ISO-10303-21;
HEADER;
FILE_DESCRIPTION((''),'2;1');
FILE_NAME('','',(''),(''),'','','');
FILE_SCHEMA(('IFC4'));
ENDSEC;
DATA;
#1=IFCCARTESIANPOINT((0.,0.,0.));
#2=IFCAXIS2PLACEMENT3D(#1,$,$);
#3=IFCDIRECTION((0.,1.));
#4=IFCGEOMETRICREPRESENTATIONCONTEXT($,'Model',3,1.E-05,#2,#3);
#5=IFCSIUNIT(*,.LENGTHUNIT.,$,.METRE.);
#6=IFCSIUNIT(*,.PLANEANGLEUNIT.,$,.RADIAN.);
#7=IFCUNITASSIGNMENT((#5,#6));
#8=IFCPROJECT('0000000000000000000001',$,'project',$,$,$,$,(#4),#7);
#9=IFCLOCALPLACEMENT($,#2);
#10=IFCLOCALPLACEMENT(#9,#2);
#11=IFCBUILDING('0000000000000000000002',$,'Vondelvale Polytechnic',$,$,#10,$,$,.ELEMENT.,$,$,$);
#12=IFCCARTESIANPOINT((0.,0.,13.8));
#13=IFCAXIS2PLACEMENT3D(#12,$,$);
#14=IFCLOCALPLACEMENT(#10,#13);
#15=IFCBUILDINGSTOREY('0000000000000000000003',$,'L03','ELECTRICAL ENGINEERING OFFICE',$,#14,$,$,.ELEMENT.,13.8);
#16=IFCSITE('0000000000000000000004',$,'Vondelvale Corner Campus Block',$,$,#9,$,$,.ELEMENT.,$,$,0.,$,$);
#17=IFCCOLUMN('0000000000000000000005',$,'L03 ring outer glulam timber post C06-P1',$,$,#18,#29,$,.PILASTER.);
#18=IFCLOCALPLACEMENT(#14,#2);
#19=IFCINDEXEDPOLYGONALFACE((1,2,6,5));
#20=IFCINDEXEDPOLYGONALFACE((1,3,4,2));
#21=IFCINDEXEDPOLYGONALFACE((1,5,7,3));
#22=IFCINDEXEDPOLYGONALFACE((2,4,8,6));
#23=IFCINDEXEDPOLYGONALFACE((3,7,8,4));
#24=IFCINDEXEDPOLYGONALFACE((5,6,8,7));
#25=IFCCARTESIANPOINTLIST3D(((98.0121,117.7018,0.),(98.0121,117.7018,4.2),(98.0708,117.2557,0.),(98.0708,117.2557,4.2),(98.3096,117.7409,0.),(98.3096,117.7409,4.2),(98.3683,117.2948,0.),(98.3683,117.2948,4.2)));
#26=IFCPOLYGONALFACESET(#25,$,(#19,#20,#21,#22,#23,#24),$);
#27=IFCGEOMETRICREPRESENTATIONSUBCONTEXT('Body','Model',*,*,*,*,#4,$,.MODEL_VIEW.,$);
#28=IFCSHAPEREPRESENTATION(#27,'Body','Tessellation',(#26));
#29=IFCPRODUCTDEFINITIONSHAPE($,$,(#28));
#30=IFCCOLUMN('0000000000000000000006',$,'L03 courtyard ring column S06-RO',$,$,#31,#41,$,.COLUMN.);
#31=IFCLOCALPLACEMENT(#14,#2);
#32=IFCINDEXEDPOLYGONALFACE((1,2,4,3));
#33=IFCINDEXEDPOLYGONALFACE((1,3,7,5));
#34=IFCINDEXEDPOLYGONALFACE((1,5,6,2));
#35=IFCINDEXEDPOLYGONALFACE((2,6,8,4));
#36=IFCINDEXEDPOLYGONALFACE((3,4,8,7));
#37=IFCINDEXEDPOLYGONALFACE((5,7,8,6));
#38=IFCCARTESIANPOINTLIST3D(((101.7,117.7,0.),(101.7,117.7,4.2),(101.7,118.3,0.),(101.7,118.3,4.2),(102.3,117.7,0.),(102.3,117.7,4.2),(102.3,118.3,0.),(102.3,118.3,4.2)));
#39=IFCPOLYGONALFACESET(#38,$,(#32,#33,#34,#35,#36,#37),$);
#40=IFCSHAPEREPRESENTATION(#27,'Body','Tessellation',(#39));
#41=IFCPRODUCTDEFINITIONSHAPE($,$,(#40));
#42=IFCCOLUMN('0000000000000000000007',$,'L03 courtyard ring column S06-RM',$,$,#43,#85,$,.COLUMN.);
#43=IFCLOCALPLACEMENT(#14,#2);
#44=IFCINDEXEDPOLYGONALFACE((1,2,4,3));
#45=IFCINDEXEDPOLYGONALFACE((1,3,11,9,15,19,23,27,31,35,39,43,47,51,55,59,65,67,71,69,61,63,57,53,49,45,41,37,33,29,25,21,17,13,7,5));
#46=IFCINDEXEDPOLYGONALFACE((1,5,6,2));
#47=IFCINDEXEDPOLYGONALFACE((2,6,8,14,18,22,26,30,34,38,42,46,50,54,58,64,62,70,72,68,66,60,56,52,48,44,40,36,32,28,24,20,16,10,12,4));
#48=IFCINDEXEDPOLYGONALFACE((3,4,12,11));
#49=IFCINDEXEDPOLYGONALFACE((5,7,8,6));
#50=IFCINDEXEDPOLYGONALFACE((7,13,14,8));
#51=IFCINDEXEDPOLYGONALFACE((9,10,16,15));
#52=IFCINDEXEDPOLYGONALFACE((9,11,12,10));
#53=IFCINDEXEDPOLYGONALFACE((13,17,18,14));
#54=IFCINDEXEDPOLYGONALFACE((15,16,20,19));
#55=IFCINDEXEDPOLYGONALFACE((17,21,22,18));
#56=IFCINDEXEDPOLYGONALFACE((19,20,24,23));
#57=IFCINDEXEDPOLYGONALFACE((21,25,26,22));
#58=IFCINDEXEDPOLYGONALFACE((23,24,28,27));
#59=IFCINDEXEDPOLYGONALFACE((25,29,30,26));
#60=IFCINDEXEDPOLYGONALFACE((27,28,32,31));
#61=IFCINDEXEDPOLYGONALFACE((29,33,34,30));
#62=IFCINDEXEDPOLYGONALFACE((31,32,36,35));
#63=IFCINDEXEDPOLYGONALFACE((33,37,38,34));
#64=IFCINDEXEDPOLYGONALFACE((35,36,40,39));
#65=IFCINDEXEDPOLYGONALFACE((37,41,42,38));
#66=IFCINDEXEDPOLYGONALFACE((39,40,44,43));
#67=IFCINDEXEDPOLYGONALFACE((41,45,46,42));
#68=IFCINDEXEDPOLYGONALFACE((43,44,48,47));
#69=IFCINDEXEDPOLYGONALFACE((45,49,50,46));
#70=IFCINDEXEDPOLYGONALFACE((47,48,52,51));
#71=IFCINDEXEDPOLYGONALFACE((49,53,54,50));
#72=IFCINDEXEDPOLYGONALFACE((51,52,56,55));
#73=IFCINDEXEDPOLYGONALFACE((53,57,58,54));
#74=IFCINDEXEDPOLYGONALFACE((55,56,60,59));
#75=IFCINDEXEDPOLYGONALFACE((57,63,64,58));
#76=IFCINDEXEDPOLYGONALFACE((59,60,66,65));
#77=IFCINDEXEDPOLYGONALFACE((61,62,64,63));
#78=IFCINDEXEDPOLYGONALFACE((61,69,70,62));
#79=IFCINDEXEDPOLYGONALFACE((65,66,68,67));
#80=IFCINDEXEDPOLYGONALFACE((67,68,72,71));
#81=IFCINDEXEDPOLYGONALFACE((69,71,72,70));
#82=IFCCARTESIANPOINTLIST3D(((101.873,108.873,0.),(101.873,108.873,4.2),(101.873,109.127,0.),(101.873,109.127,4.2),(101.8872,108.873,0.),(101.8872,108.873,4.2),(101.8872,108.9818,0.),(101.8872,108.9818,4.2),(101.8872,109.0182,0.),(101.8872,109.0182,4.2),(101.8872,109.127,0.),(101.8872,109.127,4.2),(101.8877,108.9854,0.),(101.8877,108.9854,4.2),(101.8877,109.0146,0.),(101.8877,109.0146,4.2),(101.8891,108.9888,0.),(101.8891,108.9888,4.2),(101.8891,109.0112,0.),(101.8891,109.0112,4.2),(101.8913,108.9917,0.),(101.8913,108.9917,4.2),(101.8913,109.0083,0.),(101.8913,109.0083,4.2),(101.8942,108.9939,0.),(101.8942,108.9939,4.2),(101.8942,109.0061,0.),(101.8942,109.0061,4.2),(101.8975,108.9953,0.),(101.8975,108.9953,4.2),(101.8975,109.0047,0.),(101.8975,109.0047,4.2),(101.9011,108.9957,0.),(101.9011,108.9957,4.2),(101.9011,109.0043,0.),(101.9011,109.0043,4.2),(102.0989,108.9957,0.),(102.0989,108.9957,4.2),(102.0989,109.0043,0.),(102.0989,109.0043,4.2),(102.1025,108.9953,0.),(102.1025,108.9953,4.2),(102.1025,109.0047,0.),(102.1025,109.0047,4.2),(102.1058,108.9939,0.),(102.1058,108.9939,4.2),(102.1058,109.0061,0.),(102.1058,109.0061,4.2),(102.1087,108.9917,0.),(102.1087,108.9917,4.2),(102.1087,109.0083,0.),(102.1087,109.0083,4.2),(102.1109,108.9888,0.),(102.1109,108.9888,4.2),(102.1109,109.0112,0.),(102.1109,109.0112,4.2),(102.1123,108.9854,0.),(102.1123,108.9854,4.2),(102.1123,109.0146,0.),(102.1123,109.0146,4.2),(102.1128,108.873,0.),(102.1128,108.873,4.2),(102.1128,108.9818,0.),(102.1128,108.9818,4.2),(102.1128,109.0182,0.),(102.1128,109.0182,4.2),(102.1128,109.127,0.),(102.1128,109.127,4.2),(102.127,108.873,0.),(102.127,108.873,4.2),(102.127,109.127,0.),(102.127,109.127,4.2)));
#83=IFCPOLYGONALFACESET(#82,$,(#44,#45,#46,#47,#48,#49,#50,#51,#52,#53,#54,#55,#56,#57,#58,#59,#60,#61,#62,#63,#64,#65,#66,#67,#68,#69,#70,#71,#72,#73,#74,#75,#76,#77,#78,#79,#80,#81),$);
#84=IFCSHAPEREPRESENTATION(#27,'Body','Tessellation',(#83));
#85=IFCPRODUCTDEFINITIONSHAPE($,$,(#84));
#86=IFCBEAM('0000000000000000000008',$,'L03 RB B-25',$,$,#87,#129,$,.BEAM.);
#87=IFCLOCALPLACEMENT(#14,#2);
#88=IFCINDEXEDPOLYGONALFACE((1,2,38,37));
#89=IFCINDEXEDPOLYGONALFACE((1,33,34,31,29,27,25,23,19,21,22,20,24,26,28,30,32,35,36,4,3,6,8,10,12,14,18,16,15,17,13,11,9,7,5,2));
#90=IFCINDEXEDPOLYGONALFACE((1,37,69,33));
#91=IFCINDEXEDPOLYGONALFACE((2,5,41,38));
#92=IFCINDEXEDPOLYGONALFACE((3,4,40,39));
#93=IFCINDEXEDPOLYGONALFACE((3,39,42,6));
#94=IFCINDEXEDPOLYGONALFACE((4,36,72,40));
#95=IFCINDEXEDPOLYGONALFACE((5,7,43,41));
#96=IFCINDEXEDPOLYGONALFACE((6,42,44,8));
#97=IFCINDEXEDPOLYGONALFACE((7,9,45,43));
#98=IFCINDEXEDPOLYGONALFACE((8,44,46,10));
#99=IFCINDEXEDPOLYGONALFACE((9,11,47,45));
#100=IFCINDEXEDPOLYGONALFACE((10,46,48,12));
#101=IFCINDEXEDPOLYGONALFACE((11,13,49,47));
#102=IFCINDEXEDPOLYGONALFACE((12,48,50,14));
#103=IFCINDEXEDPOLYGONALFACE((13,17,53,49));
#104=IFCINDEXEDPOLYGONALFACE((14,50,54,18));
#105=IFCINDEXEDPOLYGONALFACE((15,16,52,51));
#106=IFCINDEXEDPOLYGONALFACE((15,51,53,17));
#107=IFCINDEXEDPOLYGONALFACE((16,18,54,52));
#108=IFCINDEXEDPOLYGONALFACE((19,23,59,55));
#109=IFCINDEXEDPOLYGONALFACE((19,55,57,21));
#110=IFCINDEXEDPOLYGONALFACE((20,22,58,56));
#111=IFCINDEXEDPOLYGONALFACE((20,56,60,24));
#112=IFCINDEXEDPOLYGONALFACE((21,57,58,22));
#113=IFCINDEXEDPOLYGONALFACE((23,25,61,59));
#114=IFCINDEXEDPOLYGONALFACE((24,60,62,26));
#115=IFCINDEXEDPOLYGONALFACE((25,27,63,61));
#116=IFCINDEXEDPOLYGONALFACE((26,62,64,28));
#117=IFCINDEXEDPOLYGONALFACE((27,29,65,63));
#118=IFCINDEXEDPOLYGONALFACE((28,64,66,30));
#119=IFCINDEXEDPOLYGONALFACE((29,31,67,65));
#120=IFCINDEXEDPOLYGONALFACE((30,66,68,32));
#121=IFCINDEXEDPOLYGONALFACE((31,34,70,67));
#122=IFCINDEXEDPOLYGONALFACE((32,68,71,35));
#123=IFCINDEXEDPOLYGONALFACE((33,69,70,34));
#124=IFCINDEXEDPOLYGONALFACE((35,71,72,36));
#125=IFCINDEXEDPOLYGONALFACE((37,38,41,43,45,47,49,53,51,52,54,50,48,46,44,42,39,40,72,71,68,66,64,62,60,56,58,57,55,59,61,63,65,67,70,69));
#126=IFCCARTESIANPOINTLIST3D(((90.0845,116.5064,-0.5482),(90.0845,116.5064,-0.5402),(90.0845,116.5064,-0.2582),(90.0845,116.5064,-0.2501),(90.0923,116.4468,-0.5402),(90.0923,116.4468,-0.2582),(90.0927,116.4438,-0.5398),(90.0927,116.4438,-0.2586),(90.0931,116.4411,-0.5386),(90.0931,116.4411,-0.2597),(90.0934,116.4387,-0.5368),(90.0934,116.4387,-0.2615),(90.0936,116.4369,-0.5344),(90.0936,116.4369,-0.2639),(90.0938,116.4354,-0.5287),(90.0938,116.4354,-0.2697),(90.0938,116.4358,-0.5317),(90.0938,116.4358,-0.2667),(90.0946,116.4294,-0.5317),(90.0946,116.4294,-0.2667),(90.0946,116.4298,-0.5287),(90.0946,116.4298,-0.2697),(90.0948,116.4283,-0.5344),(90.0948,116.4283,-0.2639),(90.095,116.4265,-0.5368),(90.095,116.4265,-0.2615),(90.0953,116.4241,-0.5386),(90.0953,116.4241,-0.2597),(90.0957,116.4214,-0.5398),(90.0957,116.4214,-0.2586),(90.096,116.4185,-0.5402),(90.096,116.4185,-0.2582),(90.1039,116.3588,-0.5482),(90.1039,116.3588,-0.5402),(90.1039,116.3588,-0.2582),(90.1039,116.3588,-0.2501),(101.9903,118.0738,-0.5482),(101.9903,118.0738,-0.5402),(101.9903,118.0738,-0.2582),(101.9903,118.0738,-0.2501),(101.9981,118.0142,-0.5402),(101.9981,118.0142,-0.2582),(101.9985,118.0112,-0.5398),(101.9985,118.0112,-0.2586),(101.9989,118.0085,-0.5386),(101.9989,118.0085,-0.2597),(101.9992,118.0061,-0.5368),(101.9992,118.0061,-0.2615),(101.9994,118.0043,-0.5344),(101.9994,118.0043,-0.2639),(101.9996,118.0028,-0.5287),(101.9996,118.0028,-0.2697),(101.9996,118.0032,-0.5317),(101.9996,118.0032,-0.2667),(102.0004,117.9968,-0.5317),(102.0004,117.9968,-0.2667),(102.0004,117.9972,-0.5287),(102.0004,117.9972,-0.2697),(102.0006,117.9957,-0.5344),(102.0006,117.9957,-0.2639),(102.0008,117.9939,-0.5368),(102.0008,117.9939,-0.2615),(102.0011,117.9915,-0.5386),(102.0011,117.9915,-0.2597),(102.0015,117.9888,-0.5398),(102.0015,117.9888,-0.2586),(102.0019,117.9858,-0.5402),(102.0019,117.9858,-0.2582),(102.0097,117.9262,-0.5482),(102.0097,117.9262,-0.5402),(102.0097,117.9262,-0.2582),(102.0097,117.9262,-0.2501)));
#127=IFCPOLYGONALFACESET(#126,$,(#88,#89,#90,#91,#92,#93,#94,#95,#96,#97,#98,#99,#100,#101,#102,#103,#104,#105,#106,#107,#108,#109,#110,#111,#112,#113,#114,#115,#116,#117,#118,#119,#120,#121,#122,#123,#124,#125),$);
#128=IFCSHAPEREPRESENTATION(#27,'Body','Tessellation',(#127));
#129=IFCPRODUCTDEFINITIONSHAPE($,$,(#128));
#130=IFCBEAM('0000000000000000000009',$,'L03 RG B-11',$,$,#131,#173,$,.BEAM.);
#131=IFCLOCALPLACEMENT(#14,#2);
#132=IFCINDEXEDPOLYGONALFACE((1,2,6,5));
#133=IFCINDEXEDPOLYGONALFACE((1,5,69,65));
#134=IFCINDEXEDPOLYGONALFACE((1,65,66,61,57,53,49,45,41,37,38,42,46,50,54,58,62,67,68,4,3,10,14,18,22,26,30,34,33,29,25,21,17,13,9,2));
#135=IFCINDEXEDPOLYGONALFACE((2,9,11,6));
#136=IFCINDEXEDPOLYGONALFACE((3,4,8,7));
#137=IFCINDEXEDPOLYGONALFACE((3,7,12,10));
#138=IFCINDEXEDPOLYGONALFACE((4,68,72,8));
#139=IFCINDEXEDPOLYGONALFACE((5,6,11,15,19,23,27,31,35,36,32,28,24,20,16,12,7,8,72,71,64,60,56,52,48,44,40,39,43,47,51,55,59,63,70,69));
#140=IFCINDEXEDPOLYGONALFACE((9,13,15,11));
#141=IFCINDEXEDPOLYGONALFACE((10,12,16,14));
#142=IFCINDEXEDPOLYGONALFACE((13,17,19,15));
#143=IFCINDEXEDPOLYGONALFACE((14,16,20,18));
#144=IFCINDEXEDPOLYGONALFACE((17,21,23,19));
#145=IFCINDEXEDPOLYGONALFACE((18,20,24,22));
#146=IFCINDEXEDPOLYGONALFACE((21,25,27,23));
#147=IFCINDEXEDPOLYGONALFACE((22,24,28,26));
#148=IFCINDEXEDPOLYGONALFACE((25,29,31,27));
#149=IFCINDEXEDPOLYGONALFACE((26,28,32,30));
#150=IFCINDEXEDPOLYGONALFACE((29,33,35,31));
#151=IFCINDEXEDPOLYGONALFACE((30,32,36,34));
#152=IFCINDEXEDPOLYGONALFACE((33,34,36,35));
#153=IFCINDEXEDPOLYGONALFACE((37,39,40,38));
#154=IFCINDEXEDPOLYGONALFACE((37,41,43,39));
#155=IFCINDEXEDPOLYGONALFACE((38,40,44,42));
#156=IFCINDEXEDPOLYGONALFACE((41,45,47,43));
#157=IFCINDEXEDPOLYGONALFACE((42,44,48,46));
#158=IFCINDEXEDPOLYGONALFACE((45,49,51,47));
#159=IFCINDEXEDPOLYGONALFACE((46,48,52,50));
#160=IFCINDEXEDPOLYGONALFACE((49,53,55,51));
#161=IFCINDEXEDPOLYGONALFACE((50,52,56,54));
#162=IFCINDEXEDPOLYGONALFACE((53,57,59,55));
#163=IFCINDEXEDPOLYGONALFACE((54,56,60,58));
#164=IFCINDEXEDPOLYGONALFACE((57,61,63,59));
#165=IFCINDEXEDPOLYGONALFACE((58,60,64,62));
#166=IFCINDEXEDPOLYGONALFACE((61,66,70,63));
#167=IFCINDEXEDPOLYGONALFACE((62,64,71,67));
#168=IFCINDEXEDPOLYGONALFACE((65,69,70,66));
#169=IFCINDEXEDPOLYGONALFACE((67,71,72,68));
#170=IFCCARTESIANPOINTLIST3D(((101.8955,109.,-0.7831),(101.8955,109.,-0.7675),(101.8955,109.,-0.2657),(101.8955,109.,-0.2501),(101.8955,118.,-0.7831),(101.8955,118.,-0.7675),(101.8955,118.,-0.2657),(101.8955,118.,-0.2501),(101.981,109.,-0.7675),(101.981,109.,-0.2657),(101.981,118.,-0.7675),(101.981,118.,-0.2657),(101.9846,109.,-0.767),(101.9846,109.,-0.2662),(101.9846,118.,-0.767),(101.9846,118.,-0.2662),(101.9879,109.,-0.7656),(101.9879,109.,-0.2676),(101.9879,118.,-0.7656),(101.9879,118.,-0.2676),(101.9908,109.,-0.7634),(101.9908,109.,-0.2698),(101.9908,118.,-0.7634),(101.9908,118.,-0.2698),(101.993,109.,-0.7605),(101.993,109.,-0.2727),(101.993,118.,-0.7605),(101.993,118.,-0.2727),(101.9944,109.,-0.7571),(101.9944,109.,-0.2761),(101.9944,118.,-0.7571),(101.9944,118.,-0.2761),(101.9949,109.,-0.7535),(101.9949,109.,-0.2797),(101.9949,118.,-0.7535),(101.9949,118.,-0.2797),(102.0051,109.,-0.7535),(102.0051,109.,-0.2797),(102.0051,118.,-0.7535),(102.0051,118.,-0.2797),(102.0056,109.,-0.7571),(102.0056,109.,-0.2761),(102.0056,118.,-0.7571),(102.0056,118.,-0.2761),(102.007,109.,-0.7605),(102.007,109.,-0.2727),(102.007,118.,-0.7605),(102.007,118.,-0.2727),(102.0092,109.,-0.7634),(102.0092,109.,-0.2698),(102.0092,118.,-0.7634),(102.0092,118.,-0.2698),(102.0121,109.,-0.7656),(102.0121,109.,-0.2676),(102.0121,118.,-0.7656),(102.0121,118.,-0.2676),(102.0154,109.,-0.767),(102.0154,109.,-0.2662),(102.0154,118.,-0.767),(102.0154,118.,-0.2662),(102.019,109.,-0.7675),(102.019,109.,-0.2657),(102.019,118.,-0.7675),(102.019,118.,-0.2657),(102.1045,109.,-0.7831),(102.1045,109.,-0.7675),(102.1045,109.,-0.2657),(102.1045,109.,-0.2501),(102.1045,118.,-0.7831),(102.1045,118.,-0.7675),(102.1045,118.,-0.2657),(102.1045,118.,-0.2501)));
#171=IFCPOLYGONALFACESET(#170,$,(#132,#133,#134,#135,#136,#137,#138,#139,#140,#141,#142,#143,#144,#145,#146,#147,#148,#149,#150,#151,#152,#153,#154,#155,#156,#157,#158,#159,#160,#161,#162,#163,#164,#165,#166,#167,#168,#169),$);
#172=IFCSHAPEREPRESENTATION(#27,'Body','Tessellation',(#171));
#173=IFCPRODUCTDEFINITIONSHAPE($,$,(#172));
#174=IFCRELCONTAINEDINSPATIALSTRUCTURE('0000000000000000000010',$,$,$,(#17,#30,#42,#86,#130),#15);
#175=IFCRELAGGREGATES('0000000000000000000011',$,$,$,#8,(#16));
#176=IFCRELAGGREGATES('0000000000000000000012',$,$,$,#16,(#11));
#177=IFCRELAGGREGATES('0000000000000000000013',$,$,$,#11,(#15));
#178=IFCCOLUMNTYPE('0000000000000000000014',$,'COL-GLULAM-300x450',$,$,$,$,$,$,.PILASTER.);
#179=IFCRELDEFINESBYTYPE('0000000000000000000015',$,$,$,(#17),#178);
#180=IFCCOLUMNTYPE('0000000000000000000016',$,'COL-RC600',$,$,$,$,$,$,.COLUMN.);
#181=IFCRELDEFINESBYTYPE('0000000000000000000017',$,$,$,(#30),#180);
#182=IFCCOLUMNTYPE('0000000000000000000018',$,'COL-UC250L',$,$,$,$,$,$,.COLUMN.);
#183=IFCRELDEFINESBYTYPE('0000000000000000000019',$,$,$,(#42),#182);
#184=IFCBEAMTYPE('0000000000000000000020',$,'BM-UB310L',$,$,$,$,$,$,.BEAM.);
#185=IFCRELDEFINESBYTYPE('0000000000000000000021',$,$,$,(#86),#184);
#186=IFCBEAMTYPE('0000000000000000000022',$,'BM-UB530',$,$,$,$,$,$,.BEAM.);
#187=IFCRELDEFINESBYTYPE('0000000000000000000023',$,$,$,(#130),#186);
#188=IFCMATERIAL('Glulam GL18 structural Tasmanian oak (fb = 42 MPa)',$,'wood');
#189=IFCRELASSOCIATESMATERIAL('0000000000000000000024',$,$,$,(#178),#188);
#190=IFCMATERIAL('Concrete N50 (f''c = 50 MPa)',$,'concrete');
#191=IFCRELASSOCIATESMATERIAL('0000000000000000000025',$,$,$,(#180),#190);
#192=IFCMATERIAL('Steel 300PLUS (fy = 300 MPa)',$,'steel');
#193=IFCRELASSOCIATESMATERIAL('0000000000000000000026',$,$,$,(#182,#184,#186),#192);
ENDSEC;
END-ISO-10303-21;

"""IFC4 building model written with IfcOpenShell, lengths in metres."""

from ifc_helpers import new_model, si_unit, direction, frame, origin, origin_2d, place, context, subcontext, project, spatial, rectangle, i_section, extrude, material, material_profile, profile_set, type_object, element, save


model = new_model("IFC4")

# Units and contexts
model_context = context("Model", 3, precision=1e-05, world=origin(), true_north=direction((0.0, 1.0)))
body_context = subcontext(model_context, "Body", "Model", "MODEL_VIEW")
ifc_project = project(units=[si_unit("LENGTHUNIT", "METRE"), si_unit("PLANEANGLEUNIT", "RADIAN")], contexts=[model_context])

# Site, building, storey
site_placement = place(None, origin())
site = spatial("IfcSite", under=ifc_project, at=site_placement, Name="Vondelvale Corner Campus Block", CompositionType="ELEMENT", RefElevation=0.0)
building_placement = place(site_placement, origin())
building = spatial("IfcBuilding", under=site, at=building_placement, Name="Vondelvale Polytechnic", CompositionType="ELEMENT")
storey_placement = place(building_placement, frame((0.0, 0.0, 13.8)))
storey = spatial("IfcBuildingStorey", under=building, at=storey_placement, Name="L03", Description="ELECTRICAL ENGINEERING OFFICE", CompositionType="ELEMENT", Elevation=13.8)

# Columns
ifc_material_1 = material(Name="Glulam GL18 structural Tasmanian oak (fb = 42 MPa)", Category="wood")
ifc_material_profile_1 = material_profile(ifc_material_1, rectangle(XDim=0.3, YDim=0.45, at=origin_2d()), Name="GL-POST-300x450")
ifc_profile_set_1 = profile_set([ifc_material_profile_1], Name="Glulam GL18 structural Tasmanian oak (fb = 42 MPa)")
column_type_1 = type_object("IfcColumnType", Name="COL-GLULAM-300x450", PredefinedType="PILASTER", material=ifc_profile_set_1)
column_1_placement = place(storey_placement, frame((98.1902, 117.4983, 0.0), z_axis=(0.0, 0.0, 1.0), x_axis=(0.991445, 0.130526, 0.0)))
element("IfcColumn", 1, at=column_1_placement, inside=storey, type_object=column_type_1, Name="L03 ring outer glulam timber post C06-P1", PredefinedType="PILASTER", context=body_context, shape_type="SweptSolid", body=[
    extrude(rectangle(XDim=0.3, YDim=0.45, at=origin_2d()), origin(), (0.0, 0.0, 1.0), 4.2),
])
ifc_material_2 = material(Name="Concrete N50 (f'c = 50 MPa)", Category="concrete")
ifc_material_profile_2 = material_profile(ifc_material_2, rectangle(XDim=0.6001, YDim=0.6001, at=origin_2d()), Name="RC-COL-600x600")
ifc_profile_set_2 = profile_set([ifc_material_profile_2], Name="Concrete N50 (f'c = 50 MPa)")
column_type_2 = type_object("IfcColumnType", Name="COL-RC600", PredefinedType="COLUMN", material=ifc_profile_set_2)
column_2_placement = place(storey_placement, frame((102.0, 118.0, 0.0), z_axis=(0.0, 0.0, 1.0), x_axis=(0.0, 1.0, 0.0)))
element("IfcColumn", 2, at=column_2_placement, inside=storey, type_object=column_type_2, Name="L03 courtyard ring column S06-RO", PredefinedType="COLUMN", context=body_context, shape_type="SweptSolid", body=[
    extrude(rectangle(XDim=0.6001, YDim=0.6001, at=origin_2d()), origin(), (0.0, 0.0, 1.0), 4.2),
])
ifc_material_3 = material(Name="Steel 300PLUS (fy = 300 MPa)", Category="steel")
ifc_material_profile_3 = material_profile(ifc_material_3, i_section(OverallWidth=0.2539, OverallDepth=0.2539, WebThickness=0.0085, FlangeThickness=0.0142, FilletRadius=0.0139, at=origin_2d()), Name="250UC72.9")
ifc_profile_set_3 = profile_set([ifc_material_profile_3], Name="Steel 300PLUS (fy = 300 MPa)")
column_type_3 = type_object("IfcColumnType", Name="COL-UC250L", PredefinedType="COLUMN", material=ifc_profile_set_3)
column_3_placement = place(storey_placement, frame((102.0, 109.0, 0.0), z_axis=(0.0, 0.0, 1.0), x_axis=(0.0, 1.0, 0.0)))
element("IfcColumn", 3, at=column_3_placement, inside=storey, type_object=column_type_3, Name="L03 courtyard ring column S06-RM", PredefinedType="COLUMN", context=body_context, shape_type="SweptSolid", body=[
    extrude(i_section(OverallWidth=0.2539, OverallDepth=0.2539, WebThickness=0.0085, FlangeThickness=0.0142, FilletRadius=0.0139, at=origin_2d()), origin(), (0.0, 0.0, 1.0), 4.2),
])

# Beams
ifc_material_profile_4 = material_profile(ifc_material_3, i_section(OverallWidth=0.1489, OverallDepth=0.2981, WebThickness=0.0056, FlangeThickness=0.0081, FilletRadius=0.0115, at=origin_2d()), Name="310UB32.0")
ifc_profile_set_4 = profile_set([ifc_material_profile_4], Name="Steel 300PLUS (fy = 300 MPa)")
beam_type_1 = type_object("IfcBeamType", Name="BM-UB310L", PredefinedType="BEAM", material=ifc_profile_set_4)
beam_1_placement = place(storey_placement, frame((102.0, 118.0, -0.3992), z_axis=(-0.991445, -0.130523, 0.0), x_axis=(0.130523, -0.991445, 0.0)))
element("IfcBeam", 4, at=beam_1_placement, inside=storey, type_object=beam_type_1, Name="L03 RB B-25", PredefinedType="BEAM", context=body_context, shape_type="SweptSolid", body=[
    extrude(i_section(OverallWidth=0.1489, OverallDepth=0.2981, WebThickness=0.0056, FlangeThickness=0.0081, FilletRadius=0.0115, at=origin_2d()), origin(), (0.0, 0.0, 1.0), 12.0085),
])
ifc_material_profile_5 = material_profile(ifc_material_3, i_section(OverallWidth=0.209, OverallDepth=0.533, WebThickness=0.0103, FlangeThickness=0.0156, FilletRadius=0.0139, at=origin_2d()), Name="530UB92.4")
ifc_profile_set_5 = profile_set([ifc_material_profile_5], Name="Steel 300PLUS (fy = 300 MPa)")
beam_type_2 = type_object("IfcBeamType", Name="BM-UB530", PredefinedType="BEAM", material=ifc_profile_set_5)
beam_2_placement = place(storey_placement, frame((102.0, 109.0, -0.5166), z_axis=(0.0, 1.0, 0.0), x_axis=(-1.0, 0.0, 0.0)))
element("IfcBeam", 5, at=beam_2_placement, inside=storey, type_object=beam_type_2, Name="L03 RG B-11", PredefinedType="BEAM", context=body_context, shape_type="SweptSolid", body=[
    extrude(i_section(OverallWidth=0.209, OverallDepth=0.533, WebThickness=0.0103, FlangeThickness=0.0156, FilletRadius=0.0139, at=origin_2d()), origin(), (0.0, 0.0, 1.0), 9.0),
])

save(model, "model.ifc")
